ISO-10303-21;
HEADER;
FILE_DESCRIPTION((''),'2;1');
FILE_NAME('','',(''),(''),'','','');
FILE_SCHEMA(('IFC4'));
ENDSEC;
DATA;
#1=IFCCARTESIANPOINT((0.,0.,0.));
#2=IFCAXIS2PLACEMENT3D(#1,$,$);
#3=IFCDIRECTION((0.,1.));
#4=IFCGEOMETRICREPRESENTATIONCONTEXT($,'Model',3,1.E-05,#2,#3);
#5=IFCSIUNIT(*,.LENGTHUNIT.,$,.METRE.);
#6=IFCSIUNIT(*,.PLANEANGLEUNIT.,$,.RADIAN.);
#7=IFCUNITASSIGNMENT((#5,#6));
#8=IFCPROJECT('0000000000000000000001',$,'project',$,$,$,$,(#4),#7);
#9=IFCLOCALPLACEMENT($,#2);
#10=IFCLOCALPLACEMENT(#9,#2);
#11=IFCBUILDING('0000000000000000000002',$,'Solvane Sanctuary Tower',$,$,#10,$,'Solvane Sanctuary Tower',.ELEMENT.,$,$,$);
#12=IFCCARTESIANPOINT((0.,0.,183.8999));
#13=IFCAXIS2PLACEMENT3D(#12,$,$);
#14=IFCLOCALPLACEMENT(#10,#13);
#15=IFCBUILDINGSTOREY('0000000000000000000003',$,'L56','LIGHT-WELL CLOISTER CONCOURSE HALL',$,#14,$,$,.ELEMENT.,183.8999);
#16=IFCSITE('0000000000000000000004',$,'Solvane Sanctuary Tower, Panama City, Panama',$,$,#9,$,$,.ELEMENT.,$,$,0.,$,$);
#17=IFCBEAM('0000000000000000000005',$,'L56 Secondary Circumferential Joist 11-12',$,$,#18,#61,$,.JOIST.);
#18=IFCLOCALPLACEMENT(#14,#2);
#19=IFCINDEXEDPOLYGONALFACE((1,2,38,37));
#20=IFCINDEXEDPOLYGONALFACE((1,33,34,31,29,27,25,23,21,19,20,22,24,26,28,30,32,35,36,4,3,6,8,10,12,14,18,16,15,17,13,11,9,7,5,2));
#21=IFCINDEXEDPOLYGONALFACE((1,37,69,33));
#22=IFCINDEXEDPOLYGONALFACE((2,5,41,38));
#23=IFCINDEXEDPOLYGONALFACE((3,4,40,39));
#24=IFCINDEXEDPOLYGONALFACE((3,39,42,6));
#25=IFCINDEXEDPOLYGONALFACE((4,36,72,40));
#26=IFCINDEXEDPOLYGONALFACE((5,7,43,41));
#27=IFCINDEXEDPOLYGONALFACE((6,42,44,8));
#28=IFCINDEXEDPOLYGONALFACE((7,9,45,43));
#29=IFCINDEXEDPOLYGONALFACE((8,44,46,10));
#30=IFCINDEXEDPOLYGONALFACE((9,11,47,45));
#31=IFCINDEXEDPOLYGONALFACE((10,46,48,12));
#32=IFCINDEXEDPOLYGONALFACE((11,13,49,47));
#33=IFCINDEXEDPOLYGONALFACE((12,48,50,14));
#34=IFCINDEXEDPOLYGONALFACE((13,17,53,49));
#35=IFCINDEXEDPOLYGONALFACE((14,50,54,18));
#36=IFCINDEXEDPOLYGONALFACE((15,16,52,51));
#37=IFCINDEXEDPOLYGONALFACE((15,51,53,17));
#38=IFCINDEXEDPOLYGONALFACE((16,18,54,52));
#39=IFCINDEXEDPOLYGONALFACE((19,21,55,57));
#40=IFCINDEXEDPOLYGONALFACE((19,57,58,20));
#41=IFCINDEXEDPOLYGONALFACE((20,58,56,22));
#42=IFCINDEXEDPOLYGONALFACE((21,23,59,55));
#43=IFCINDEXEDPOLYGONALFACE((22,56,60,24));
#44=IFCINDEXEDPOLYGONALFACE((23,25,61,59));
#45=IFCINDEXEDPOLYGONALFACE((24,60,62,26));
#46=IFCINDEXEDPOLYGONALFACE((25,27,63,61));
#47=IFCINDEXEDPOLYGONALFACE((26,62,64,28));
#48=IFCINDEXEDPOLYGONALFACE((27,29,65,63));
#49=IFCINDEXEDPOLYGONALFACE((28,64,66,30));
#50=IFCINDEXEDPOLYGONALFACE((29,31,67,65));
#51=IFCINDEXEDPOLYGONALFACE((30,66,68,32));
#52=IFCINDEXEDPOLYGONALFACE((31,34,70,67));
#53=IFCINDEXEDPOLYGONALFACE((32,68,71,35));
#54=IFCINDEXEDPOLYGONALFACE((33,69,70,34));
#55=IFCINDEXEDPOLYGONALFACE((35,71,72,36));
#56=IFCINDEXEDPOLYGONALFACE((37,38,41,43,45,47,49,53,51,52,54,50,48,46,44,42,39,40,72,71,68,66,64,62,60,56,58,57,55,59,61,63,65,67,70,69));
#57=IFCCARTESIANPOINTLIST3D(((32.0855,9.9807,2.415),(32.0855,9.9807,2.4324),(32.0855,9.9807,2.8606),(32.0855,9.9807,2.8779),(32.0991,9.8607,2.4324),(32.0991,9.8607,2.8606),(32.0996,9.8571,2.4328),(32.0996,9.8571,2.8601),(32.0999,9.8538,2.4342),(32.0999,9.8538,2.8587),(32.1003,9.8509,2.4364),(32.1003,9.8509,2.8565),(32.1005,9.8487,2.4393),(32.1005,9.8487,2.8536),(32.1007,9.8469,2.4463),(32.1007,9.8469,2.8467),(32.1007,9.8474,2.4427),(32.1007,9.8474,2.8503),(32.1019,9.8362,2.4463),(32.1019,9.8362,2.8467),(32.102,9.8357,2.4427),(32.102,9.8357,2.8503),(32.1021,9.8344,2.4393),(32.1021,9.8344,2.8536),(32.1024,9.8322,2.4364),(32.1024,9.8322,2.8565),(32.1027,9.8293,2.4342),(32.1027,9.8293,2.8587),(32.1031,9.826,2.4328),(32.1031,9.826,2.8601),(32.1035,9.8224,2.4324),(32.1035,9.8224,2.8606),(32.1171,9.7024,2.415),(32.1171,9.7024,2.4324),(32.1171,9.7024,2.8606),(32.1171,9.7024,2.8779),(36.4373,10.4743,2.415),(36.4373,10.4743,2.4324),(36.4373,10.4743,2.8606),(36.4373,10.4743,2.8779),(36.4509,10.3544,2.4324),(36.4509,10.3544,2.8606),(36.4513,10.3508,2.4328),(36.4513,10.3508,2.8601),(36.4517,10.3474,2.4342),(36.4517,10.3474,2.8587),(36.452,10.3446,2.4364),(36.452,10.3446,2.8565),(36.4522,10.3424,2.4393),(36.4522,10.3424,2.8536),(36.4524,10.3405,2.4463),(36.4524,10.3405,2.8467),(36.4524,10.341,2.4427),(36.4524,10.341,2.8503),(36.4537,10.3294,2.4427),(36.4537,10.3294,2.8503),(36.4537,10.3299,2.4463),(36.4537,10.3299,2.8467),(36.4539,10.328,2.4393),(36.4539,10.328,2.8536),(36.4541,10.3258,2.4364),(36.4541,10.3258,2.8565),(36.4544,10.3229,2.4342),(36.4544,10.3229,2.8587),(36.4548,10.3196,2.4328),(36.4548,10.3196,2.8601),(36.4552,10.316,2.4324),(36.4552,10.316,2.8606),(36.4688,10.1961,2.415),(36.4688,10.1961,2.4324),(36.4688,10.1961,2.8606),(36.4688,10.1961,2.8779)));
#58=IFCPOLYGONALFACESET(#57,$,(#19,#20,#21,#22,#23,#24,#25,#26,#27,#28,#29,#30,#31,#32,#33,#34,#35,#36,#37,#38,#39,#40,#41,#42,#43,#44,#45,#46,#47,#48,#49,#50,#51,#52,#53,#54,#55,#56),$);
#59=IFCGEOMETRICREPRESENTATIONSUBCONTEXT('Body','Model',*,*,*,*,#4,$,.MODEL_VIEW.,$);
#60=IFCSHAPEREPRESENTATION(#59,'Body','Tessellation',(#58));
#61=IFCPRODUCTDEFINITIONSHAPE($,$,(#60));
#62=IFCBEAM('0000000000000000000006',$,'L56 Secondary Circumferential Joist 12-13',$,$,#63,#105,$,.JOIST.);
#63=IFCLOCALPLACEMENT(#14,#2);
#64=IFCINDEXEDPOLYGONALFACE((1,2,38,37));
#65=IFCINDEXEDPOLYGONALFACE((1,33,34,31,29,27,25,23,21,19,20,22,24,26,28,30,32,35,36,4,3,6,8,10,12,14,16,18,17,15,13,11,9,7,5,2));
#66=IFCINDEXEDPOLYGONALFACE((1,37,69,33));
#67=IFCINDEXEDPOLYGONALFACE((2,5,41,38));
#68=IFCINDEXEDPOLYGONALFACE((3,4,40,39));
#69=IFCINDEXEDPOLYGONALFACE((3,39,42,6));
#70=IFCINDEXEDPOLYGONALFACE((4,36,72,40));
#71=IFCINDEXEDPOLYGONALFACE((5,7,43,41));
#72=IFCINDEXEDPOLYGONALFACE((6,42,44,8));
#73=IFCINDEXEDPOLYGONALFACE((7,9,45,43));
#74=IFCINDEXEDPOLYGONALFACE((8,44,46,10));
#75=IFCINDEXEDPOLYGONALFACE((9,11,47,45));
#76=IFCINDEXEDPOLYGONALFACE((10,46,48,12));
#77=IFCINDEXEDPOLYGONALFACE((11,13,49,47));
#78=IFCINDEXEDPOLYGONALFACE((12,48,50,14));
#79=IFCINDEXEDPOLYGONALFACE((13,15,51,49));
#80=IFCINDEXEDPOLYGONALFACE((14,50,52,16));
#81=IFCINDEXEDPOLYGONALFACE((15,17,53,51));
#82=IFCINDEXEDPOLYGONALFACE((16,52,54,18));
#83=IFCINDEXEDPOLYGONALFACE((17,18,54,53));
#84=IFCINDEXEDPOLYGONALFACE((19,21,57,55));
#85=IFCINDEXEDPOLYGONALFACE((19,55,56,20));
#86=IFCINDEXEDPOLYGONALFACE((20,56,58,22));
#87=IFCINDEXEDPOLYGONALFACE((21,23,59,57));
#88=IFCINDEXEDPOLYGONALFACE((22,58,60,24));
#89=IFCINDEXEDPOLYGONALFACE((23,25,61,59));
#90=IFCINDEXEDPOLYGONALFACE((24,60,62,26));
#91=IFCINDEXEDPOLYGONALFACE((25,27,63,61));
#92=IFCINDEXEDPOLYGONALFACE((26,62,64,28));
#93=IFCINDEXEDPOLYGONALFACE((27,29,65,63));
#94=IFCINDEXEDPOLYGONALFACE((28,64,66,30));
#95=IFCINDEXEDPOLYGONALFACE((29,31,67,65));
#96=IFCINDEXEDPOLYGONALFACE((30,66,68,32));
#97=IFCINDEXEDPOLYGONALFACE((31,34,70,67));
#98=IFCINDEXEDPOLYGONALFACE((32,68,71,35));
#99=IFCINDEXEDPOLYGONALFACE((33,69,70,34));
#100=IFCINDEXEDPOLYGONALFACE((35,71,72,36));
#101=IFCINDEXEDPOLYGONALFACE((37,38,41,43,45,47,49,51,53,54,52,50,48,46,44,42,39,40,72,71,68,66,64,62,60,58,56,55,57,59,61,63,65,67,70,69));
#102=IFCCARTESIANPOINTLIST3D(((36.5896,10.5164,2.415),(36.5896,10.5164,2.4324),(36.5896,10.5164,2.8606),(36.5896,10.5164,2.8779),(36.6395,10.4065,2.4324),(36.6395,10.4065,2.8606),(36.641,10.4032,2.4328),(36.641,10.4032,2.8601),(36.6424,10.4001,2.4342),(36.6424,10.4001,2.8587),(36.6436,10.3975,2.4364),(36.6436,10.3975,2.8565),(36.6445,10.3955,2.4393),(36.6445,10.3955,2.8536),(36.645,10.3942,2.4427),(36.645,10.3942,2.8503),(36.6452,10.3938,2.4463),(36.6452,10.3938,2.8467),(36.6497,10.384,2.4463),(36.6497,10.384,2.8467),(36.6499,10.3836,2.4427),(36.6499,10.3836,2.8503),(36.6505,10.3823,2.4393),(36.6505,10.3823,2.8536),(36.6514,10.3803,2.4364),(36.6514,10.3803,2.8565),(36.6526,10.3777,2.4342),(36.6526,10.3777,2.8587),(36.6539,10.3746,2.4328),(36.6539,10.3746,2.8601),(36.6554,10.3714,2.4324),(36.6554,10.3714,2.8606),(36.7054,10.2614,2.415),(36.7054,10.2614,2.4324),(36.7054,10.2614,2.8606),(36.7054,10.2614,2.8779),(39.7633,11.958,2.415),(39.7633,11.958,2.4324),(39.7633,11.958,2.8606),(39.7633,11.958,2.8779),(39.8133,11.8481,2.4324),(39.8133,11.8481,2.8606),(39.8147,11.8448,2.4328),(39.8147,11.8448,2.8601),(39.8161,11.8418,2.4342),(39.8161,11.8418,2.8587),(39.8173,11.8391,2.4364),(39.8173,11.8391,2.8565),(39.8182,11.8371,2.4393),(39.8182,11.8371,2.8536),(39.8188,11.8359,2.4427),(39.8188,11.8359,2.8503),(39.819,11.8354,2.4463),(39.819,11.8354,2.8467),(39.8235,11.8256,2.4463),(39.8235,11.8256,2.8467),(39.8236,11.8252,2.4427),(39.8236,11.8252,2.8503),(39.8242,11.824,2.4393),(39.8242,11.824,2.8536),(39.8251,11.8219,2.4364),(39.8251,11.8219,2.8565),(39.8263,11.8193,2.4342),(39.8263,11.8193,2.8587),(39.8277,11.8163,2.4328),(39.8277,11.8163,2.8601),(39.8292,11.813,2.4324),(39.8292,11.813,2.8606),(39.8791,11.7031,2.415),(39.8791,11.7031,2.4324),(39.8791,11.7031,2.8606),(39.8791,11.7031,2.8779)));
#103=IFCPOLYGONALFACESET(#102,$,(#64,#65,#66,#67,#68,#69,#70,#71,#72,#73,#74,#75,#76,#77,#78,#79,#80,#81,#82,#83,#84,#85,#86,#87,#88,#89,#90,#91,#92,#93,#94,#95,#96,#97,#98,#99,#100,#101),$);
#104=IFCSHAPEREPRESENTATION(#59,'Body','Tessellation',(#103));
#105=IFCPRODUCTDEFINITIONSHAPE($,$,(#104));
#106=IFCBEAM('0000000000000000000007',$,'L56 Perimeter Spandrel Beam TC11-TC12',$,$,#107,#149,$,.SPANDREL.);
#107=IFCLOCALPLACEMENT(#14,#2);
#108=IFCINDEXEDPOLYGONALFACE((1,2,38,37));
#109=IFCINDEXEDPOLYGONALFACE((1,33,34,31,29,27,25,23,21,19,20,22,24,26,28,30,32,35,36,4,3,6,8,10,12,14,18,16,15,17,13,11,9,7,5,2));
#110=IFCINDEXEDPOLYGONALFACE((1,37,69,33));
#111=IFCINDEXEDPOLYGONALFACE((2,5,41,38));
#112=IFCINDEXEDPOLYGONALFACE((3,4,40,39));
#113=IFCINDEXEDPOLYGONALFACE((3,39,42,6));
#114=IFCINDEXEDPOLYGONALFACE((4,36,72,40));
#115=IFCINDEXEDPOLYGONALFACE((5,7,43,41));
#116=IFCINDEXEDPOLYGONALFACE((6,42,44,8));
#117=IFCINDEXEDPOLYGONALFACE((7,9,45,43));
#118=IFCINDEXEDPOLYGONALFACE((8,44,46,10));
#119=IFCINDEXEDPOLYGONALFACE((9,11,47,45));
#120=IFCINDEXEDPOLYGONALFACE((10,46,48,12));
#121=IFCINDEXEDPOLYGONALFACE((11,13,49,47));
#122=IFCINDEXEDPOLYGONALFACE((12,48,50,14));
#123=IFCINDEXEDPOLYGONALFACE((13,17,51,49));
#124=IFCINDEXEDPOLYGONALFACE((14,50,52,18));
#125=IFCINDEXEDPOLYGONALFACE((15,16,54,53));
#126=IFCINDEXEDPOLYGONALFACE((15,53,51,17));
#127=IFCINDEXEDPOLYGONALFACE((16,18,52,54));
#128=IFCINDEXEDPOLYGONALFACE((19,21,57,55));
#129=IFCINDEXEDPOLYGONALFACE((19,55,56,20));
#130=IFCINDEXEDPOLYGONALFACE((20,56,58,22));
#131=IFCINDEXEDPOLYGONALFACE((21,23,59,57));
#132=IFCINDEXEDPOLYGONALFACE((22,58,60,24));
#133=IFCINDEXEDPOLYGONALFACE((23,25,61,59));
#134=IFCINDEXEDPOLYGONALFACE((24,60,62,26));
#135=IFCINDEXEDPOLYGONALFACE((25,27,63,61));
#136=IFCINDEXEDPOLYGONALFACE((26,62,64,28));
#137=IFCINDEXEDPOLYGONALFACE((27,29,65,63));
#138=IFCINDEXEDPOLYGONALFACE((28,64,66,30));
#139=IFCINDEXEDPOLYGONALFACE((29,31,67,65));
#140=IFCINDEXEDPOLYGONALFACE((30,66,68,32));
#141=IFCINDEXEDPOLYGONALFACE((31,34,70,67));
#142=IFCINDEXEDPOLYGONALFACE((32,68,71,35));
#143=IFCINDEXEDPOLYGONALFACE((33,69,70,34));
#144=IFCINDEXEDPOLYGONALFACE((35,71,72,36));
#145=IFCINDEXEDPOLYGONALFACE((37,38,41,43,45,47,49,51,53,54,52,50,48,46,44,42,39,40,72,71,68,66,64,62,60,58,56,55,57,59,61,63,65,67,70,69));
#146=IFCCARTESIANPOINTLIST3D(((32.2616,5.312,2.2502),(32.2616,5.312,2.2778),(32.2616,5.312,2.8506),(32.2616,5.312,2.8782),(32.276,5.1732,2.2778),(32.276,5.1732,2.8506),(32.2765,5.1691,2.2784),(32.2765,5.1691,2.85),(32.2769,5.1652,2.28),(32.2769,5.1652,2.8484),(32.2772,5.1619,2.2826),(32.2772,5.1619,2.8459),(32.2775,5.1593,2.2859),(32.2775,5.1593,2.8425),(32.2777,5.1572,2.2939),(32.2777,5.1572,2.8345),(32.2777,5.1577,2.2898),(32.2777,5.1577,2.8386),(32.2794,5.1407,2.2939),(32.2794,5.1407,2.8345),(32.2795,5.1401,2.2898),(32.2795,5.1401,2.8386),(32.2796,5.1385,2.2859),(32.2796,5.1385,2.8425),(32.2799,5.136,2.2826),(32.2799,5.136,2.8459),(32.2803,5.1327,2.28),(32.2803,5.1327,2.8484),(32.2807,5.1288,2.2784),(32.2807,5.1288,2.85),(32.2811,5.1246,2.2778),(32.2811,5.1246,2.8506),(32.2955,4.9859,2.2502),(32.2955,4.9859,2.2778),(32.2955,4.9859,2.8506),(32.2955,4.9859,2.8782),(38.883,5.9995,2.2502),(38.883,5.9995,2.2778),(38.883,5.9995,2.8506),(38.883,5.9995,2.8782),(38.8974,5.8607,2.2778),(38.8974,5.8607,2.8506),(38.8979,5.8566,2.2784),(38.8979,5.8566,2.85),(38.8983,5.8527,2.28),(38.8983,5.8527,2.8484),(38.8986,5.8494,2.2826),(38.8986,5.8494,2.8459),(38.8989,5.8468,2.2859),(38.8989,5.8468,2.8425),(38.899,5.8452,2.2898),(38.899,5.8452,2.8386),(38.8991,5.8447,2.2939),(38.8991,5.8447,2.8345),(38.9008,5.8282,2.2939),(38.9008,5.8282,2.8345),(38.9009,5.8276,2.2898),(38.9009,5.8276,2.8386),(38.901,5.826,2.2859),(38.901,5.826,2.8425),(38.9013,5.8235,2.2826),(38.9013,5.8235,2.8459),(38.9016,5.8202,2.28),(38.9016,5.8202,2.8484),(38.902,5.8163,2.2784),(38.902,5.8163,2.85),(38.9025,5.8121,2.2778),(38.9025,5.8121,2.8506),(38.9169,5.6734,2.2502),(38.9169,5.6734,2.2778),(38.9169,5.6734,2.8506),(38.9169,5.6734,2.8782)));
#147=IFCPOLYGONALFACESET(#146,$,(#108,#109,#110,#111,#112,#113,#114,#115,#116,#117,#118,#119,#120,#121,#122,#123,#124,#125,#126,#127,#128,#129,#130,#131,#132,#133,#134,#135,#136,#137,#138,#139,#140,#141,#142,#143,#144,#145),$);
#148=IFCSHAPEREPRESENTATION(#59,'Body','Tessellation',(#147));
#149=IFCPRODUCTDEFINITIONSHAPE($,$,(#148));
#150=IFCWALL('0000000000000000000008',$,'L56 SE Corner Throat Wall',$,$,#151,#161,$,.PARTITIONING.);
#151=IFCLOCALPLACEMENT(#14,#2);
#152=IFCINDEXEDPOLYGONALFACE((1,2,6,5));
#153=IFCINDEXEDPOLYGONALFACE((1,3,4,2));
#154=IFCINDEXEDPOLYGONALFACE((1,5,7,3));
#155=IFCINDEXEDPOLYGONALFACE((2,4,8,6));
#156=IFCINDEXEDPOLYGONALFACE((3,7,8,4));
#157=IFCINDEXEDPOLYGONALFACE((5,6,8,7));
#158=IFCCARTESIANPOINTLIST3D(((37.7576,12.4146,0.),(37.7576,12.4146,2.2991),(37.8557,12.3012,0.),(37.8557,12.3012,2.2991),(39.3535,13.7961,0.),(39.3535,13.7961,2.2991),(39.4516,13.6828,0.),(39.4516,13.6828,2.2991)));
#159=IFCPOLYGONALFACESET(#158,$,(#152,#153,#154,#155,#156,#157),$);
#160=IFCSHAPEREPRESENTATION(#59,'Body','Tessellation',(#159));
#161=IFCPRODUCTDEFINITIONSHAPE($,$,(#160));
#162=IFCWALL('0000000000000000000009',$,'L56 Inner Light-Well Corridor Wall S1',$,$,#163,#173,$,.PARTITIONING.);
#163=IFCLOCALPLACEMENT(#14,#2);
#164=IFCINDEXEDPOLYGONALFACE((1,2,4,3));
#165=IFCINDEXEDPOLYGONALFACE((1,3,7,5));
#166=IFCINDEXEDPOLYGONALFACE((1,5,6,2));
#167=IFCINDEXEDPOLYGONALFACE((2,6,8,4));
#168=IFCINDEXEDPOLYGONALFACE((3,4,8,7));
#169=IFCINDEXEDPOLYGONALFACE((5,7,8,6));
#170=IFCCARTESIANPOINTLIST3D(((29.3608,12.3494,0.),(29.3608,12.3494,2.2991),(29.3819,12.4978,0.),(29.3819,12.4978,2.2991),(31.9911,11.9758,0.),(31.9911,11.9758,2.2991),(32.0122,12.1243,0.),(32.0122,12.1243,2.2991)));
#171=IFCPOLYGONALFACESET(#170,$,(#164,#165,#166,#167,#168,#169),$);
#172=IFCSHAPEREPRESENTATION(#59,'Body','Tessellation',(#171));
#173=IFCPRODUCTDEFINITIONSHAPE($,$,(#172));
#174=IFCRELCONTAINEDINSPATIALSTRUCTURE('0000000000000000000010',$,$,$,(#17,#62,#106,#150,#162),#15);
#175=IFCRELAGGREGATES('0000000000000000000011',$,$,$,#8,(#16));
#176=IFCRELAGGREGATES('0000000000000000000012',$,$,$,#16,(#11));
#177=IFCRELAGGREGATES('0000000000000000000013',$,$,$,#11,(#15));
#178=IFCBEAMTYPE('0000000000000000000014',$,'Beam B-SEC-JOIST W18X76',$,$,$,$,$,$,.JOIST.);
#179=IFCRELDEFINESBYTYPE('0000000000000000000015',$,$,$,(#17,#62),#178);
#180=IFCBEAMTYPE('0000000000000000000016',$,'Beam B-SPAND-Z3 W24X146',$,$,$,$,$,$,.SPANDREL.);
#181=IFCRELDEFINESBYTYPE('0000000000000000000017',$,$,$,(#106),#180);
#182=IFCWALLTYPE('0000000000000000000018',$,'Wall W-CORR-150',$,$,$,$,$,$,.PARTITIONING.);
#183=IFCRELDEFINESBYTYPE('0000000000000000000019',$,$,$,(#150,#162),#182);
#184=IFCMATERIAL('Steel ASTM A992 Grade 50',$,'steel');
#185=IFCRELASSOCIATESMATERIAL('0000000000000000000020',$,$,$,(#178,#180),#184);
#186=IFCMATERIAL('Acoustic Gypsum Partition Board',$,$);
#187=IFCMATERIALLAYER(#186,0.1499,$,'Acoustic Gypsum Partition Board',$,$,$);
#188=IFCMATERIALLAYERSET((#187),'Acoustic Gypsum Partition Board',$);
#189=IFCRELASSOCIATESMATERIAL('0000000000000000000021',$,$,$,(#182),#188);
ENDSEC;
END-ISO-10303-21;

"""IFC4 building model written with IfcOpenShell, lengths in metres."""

from ifc_helpers import new_model, si_unit, direction, frame, frame_2d, origin, origin_2d, place, context, subcontext, project, spatial, rectangle, i_section, extrude, material, layer, layer_set, material_profile, profile_set, type_object, element, save


model = new_model("IFC4")

# Units and contexts
model_context = context("Model", 3, precision=1e-05, world=origin(), true_north=direction((0.0, 1.0)))
body_context = subcontext(model_context, "Body", "Model", "MODEL_VIEW")
ifc_project = project(units=[si_unit("LENGTHUNIT", "METRE"), si_unit("PLANEANGLEUNIT", "RADIAN")], contexts=[model_context])

# Site, building, storey
site_placement = place(None, origin())
site = spatial("IfcSite", under=ifc_project, at=site_placement, Name="Solvane Sanctuary Tower, Panama City, Panama", CompositionType="ELEMENT", RefElevation=0.0)
building_placement = place(site_placement, origin())
building = spatial("IfcBuilding", under=site, at=building_placement, Name="Solvane Sanctuary Tower", LongName="Solvane Sanctuary Tower", CompositionType="ELEMENT")
storey_placement = place(building_placement, frame((0.0, 0.0, 183.8999)))
storey = spatial("IfcBuildingStorey", under=building, at=storey_placement, Name="L56", Description="LIGHT-WELL CLOISTER CONCOURSE HALL", CompositionType="ELEMENT", Elevation=183.8999)

# Beams
ifc_material_1 = material(Name="Steel ASTM A992 Grade 50", Category="steel")
ifc_material_profile_1 = material_profile(ifc_material_1, i_section(OverallWidth=0.28, OverallDepth=0.4629, WebThickness=0.0107, FlangeThickness=0.0173, FilletRadius=0.0139, at=origin_2d()), Name="W18X76")
ifc_profile_set_1 = profile_set([ifc_material_profile_1], Name="Steel ASTM A992 Grade 50")
beam_type_1 = type_object("IfcBeamType", Name="Beam B-SEC-JOIST W18X76", PredefinedType="JOIST", material=ifc_profile_set_1)
beam_1_placement = place(storey_placement, frame((32.1013, 9.8416, 2.6465), z_axis=(0.993628, 0.112713, 0.0), x_axis=(-0.112713, 0.993628, 0.0)))
element("IfcBeam", 1, at=beam_1_placement, inside=storey, type_object=beam_type_1, Name="L56 Secondary Circumferential Joist 11-12", PredefinedType="JOIST", context=body_context, shape_type="SweptSolid", body=[
    extrude(i_section(OverallWidth=0.28, OverallDepth=0.4629, WebThickness=0.0107, FlangeThickness=0.0173, FilletRadius=0.0139, at=origin_2d()), origin(), (0.0, 0.0, 1.0), 4.3796),
])
beam_2_placement = place(storey_placement, frame((36.6475, 10.3889, 2.6465), z_axis=(0.910474, 0.413565, 0.0), x_axis=(-0.413565, 0.910474, 0.0)))
element("IfcBeam", 2, at=beam_2_placement, inside=storey, type_object=beam_type_1, Name="L56 Secondary Circumferential Joist 12-13", PredefinedType="JOIST", context=body_context, shape_type="SweptSolid", body=[
    extrude(i_section(OverallWidth=0.28, OverallDepth=0.4629, WebThickness=0.0107, FlangeThickness=0.0173, FilletRadius=0.0139, at=origin_2d()), origin(), (0.0, 0.0, 1.0), 3.4858),
])
ifc_material_profile_2 = material_profile(ifc_material_1, i_section(OverallWidth=0.3279, OverallDepth=0.6279, WebThickness=0.0166, FlangeThickness=0.0276, FilletRadius=0.0161, at=origin_2d()), Name="W24X146")
ifc_profile_set_2 = profile_set([ifc_material_profile_2], Name="Steel ASTM A992 Grade 50")
beam_type_2 = type_object("IfcBeamType", Name="Beam B-SPAND-Z3 W24X146", PredefinedType="SPANDREL", material=ifc_profile_set_2)
beam_3_placement = place(storey_placement, frame((32.2786, 5.1489, 2.5642), z_axis=(0.994653, 0.103276, 0.0), x_axis=(-0.103276, 0.994653, 0.0)))
element("IfcBeam", 3, at=beam_3_placement, inside=storey, type_object=beam_type_2, Name="L56 Perimeter Spandrel Beam TC11-TC12", PredefinedType="SPANDREL", context=body_context, shape_type="SweptSolid", body=[
    extrude(i_section(OverallWidth=0.3279, OverallDepth=0.6279, WebThickness=0.0166, FlangeThickness=0.0276, FilletRadius=0.0161, at=origin_2d()), origin(), (0.0, 0.0, 1.0), 6.657),
])

# Walls
ifc_material_2 = material(Name="Acoustic Gypsum Partition Board")
ifc_layer_1 = layer(ifc_material_2, 0.1499, Name="Acoustic Gypsum Partition Board")
ifc_layer_set_1 = layer_set([ifc_layer_1], Name="Acoustic Gypsum Partition Board")
wall_type_1 = type_object("IfcWallType", Name="Wall W-CORR-150", PredefinedType="PARTITIONING", material=ifc_layer_set_1)
wall_1_placement = place(storey_placement, frame((37.8066, 12.3579, 0.0), z_axis=(0.0, 0.0, 1.0), x_axis=(0.756055, 0.654508, 0.0)))
element("IfcWall", 4, at=wall_1_placement, inside=storey, type_object=wall_type_1, Name="L56 SE Corner Throat Wall", PredefinedType="PARTITIONING", context=body_context, shape_type="SweptSolid", body=[
    extrude(rectangle(XDim=2.1108, YDim=0.1499, at=frame_2d((1.0554, 0.0))), origin(), (0.0, 0.0, 1.0), 2.2991),
])
wall_2_placement = place(storey_placement, frame((29.3713, 12.4236, 0.0), z_axis=(0.0, 0.0, 1.0), x_axis=(0.990067, -0.140598, 0.0)))
element("IfcWall", 5, at=wall_2_placement, inside=storey, type_object=wall_type_1, Name="L56 Inner Light-Well Corridor Wall S1", PredefinedType="PARTITIONING", context=body_context, shape_type="SweptSolid", body=[
    extrude(rectangle(XDim=2.6567, YDim=0.1499, at=frame_2d((1.3284, 0.0))), origin(), (0.0, 0.0, 1.0), 2.2991),
])

save(model, "model.ifc")
